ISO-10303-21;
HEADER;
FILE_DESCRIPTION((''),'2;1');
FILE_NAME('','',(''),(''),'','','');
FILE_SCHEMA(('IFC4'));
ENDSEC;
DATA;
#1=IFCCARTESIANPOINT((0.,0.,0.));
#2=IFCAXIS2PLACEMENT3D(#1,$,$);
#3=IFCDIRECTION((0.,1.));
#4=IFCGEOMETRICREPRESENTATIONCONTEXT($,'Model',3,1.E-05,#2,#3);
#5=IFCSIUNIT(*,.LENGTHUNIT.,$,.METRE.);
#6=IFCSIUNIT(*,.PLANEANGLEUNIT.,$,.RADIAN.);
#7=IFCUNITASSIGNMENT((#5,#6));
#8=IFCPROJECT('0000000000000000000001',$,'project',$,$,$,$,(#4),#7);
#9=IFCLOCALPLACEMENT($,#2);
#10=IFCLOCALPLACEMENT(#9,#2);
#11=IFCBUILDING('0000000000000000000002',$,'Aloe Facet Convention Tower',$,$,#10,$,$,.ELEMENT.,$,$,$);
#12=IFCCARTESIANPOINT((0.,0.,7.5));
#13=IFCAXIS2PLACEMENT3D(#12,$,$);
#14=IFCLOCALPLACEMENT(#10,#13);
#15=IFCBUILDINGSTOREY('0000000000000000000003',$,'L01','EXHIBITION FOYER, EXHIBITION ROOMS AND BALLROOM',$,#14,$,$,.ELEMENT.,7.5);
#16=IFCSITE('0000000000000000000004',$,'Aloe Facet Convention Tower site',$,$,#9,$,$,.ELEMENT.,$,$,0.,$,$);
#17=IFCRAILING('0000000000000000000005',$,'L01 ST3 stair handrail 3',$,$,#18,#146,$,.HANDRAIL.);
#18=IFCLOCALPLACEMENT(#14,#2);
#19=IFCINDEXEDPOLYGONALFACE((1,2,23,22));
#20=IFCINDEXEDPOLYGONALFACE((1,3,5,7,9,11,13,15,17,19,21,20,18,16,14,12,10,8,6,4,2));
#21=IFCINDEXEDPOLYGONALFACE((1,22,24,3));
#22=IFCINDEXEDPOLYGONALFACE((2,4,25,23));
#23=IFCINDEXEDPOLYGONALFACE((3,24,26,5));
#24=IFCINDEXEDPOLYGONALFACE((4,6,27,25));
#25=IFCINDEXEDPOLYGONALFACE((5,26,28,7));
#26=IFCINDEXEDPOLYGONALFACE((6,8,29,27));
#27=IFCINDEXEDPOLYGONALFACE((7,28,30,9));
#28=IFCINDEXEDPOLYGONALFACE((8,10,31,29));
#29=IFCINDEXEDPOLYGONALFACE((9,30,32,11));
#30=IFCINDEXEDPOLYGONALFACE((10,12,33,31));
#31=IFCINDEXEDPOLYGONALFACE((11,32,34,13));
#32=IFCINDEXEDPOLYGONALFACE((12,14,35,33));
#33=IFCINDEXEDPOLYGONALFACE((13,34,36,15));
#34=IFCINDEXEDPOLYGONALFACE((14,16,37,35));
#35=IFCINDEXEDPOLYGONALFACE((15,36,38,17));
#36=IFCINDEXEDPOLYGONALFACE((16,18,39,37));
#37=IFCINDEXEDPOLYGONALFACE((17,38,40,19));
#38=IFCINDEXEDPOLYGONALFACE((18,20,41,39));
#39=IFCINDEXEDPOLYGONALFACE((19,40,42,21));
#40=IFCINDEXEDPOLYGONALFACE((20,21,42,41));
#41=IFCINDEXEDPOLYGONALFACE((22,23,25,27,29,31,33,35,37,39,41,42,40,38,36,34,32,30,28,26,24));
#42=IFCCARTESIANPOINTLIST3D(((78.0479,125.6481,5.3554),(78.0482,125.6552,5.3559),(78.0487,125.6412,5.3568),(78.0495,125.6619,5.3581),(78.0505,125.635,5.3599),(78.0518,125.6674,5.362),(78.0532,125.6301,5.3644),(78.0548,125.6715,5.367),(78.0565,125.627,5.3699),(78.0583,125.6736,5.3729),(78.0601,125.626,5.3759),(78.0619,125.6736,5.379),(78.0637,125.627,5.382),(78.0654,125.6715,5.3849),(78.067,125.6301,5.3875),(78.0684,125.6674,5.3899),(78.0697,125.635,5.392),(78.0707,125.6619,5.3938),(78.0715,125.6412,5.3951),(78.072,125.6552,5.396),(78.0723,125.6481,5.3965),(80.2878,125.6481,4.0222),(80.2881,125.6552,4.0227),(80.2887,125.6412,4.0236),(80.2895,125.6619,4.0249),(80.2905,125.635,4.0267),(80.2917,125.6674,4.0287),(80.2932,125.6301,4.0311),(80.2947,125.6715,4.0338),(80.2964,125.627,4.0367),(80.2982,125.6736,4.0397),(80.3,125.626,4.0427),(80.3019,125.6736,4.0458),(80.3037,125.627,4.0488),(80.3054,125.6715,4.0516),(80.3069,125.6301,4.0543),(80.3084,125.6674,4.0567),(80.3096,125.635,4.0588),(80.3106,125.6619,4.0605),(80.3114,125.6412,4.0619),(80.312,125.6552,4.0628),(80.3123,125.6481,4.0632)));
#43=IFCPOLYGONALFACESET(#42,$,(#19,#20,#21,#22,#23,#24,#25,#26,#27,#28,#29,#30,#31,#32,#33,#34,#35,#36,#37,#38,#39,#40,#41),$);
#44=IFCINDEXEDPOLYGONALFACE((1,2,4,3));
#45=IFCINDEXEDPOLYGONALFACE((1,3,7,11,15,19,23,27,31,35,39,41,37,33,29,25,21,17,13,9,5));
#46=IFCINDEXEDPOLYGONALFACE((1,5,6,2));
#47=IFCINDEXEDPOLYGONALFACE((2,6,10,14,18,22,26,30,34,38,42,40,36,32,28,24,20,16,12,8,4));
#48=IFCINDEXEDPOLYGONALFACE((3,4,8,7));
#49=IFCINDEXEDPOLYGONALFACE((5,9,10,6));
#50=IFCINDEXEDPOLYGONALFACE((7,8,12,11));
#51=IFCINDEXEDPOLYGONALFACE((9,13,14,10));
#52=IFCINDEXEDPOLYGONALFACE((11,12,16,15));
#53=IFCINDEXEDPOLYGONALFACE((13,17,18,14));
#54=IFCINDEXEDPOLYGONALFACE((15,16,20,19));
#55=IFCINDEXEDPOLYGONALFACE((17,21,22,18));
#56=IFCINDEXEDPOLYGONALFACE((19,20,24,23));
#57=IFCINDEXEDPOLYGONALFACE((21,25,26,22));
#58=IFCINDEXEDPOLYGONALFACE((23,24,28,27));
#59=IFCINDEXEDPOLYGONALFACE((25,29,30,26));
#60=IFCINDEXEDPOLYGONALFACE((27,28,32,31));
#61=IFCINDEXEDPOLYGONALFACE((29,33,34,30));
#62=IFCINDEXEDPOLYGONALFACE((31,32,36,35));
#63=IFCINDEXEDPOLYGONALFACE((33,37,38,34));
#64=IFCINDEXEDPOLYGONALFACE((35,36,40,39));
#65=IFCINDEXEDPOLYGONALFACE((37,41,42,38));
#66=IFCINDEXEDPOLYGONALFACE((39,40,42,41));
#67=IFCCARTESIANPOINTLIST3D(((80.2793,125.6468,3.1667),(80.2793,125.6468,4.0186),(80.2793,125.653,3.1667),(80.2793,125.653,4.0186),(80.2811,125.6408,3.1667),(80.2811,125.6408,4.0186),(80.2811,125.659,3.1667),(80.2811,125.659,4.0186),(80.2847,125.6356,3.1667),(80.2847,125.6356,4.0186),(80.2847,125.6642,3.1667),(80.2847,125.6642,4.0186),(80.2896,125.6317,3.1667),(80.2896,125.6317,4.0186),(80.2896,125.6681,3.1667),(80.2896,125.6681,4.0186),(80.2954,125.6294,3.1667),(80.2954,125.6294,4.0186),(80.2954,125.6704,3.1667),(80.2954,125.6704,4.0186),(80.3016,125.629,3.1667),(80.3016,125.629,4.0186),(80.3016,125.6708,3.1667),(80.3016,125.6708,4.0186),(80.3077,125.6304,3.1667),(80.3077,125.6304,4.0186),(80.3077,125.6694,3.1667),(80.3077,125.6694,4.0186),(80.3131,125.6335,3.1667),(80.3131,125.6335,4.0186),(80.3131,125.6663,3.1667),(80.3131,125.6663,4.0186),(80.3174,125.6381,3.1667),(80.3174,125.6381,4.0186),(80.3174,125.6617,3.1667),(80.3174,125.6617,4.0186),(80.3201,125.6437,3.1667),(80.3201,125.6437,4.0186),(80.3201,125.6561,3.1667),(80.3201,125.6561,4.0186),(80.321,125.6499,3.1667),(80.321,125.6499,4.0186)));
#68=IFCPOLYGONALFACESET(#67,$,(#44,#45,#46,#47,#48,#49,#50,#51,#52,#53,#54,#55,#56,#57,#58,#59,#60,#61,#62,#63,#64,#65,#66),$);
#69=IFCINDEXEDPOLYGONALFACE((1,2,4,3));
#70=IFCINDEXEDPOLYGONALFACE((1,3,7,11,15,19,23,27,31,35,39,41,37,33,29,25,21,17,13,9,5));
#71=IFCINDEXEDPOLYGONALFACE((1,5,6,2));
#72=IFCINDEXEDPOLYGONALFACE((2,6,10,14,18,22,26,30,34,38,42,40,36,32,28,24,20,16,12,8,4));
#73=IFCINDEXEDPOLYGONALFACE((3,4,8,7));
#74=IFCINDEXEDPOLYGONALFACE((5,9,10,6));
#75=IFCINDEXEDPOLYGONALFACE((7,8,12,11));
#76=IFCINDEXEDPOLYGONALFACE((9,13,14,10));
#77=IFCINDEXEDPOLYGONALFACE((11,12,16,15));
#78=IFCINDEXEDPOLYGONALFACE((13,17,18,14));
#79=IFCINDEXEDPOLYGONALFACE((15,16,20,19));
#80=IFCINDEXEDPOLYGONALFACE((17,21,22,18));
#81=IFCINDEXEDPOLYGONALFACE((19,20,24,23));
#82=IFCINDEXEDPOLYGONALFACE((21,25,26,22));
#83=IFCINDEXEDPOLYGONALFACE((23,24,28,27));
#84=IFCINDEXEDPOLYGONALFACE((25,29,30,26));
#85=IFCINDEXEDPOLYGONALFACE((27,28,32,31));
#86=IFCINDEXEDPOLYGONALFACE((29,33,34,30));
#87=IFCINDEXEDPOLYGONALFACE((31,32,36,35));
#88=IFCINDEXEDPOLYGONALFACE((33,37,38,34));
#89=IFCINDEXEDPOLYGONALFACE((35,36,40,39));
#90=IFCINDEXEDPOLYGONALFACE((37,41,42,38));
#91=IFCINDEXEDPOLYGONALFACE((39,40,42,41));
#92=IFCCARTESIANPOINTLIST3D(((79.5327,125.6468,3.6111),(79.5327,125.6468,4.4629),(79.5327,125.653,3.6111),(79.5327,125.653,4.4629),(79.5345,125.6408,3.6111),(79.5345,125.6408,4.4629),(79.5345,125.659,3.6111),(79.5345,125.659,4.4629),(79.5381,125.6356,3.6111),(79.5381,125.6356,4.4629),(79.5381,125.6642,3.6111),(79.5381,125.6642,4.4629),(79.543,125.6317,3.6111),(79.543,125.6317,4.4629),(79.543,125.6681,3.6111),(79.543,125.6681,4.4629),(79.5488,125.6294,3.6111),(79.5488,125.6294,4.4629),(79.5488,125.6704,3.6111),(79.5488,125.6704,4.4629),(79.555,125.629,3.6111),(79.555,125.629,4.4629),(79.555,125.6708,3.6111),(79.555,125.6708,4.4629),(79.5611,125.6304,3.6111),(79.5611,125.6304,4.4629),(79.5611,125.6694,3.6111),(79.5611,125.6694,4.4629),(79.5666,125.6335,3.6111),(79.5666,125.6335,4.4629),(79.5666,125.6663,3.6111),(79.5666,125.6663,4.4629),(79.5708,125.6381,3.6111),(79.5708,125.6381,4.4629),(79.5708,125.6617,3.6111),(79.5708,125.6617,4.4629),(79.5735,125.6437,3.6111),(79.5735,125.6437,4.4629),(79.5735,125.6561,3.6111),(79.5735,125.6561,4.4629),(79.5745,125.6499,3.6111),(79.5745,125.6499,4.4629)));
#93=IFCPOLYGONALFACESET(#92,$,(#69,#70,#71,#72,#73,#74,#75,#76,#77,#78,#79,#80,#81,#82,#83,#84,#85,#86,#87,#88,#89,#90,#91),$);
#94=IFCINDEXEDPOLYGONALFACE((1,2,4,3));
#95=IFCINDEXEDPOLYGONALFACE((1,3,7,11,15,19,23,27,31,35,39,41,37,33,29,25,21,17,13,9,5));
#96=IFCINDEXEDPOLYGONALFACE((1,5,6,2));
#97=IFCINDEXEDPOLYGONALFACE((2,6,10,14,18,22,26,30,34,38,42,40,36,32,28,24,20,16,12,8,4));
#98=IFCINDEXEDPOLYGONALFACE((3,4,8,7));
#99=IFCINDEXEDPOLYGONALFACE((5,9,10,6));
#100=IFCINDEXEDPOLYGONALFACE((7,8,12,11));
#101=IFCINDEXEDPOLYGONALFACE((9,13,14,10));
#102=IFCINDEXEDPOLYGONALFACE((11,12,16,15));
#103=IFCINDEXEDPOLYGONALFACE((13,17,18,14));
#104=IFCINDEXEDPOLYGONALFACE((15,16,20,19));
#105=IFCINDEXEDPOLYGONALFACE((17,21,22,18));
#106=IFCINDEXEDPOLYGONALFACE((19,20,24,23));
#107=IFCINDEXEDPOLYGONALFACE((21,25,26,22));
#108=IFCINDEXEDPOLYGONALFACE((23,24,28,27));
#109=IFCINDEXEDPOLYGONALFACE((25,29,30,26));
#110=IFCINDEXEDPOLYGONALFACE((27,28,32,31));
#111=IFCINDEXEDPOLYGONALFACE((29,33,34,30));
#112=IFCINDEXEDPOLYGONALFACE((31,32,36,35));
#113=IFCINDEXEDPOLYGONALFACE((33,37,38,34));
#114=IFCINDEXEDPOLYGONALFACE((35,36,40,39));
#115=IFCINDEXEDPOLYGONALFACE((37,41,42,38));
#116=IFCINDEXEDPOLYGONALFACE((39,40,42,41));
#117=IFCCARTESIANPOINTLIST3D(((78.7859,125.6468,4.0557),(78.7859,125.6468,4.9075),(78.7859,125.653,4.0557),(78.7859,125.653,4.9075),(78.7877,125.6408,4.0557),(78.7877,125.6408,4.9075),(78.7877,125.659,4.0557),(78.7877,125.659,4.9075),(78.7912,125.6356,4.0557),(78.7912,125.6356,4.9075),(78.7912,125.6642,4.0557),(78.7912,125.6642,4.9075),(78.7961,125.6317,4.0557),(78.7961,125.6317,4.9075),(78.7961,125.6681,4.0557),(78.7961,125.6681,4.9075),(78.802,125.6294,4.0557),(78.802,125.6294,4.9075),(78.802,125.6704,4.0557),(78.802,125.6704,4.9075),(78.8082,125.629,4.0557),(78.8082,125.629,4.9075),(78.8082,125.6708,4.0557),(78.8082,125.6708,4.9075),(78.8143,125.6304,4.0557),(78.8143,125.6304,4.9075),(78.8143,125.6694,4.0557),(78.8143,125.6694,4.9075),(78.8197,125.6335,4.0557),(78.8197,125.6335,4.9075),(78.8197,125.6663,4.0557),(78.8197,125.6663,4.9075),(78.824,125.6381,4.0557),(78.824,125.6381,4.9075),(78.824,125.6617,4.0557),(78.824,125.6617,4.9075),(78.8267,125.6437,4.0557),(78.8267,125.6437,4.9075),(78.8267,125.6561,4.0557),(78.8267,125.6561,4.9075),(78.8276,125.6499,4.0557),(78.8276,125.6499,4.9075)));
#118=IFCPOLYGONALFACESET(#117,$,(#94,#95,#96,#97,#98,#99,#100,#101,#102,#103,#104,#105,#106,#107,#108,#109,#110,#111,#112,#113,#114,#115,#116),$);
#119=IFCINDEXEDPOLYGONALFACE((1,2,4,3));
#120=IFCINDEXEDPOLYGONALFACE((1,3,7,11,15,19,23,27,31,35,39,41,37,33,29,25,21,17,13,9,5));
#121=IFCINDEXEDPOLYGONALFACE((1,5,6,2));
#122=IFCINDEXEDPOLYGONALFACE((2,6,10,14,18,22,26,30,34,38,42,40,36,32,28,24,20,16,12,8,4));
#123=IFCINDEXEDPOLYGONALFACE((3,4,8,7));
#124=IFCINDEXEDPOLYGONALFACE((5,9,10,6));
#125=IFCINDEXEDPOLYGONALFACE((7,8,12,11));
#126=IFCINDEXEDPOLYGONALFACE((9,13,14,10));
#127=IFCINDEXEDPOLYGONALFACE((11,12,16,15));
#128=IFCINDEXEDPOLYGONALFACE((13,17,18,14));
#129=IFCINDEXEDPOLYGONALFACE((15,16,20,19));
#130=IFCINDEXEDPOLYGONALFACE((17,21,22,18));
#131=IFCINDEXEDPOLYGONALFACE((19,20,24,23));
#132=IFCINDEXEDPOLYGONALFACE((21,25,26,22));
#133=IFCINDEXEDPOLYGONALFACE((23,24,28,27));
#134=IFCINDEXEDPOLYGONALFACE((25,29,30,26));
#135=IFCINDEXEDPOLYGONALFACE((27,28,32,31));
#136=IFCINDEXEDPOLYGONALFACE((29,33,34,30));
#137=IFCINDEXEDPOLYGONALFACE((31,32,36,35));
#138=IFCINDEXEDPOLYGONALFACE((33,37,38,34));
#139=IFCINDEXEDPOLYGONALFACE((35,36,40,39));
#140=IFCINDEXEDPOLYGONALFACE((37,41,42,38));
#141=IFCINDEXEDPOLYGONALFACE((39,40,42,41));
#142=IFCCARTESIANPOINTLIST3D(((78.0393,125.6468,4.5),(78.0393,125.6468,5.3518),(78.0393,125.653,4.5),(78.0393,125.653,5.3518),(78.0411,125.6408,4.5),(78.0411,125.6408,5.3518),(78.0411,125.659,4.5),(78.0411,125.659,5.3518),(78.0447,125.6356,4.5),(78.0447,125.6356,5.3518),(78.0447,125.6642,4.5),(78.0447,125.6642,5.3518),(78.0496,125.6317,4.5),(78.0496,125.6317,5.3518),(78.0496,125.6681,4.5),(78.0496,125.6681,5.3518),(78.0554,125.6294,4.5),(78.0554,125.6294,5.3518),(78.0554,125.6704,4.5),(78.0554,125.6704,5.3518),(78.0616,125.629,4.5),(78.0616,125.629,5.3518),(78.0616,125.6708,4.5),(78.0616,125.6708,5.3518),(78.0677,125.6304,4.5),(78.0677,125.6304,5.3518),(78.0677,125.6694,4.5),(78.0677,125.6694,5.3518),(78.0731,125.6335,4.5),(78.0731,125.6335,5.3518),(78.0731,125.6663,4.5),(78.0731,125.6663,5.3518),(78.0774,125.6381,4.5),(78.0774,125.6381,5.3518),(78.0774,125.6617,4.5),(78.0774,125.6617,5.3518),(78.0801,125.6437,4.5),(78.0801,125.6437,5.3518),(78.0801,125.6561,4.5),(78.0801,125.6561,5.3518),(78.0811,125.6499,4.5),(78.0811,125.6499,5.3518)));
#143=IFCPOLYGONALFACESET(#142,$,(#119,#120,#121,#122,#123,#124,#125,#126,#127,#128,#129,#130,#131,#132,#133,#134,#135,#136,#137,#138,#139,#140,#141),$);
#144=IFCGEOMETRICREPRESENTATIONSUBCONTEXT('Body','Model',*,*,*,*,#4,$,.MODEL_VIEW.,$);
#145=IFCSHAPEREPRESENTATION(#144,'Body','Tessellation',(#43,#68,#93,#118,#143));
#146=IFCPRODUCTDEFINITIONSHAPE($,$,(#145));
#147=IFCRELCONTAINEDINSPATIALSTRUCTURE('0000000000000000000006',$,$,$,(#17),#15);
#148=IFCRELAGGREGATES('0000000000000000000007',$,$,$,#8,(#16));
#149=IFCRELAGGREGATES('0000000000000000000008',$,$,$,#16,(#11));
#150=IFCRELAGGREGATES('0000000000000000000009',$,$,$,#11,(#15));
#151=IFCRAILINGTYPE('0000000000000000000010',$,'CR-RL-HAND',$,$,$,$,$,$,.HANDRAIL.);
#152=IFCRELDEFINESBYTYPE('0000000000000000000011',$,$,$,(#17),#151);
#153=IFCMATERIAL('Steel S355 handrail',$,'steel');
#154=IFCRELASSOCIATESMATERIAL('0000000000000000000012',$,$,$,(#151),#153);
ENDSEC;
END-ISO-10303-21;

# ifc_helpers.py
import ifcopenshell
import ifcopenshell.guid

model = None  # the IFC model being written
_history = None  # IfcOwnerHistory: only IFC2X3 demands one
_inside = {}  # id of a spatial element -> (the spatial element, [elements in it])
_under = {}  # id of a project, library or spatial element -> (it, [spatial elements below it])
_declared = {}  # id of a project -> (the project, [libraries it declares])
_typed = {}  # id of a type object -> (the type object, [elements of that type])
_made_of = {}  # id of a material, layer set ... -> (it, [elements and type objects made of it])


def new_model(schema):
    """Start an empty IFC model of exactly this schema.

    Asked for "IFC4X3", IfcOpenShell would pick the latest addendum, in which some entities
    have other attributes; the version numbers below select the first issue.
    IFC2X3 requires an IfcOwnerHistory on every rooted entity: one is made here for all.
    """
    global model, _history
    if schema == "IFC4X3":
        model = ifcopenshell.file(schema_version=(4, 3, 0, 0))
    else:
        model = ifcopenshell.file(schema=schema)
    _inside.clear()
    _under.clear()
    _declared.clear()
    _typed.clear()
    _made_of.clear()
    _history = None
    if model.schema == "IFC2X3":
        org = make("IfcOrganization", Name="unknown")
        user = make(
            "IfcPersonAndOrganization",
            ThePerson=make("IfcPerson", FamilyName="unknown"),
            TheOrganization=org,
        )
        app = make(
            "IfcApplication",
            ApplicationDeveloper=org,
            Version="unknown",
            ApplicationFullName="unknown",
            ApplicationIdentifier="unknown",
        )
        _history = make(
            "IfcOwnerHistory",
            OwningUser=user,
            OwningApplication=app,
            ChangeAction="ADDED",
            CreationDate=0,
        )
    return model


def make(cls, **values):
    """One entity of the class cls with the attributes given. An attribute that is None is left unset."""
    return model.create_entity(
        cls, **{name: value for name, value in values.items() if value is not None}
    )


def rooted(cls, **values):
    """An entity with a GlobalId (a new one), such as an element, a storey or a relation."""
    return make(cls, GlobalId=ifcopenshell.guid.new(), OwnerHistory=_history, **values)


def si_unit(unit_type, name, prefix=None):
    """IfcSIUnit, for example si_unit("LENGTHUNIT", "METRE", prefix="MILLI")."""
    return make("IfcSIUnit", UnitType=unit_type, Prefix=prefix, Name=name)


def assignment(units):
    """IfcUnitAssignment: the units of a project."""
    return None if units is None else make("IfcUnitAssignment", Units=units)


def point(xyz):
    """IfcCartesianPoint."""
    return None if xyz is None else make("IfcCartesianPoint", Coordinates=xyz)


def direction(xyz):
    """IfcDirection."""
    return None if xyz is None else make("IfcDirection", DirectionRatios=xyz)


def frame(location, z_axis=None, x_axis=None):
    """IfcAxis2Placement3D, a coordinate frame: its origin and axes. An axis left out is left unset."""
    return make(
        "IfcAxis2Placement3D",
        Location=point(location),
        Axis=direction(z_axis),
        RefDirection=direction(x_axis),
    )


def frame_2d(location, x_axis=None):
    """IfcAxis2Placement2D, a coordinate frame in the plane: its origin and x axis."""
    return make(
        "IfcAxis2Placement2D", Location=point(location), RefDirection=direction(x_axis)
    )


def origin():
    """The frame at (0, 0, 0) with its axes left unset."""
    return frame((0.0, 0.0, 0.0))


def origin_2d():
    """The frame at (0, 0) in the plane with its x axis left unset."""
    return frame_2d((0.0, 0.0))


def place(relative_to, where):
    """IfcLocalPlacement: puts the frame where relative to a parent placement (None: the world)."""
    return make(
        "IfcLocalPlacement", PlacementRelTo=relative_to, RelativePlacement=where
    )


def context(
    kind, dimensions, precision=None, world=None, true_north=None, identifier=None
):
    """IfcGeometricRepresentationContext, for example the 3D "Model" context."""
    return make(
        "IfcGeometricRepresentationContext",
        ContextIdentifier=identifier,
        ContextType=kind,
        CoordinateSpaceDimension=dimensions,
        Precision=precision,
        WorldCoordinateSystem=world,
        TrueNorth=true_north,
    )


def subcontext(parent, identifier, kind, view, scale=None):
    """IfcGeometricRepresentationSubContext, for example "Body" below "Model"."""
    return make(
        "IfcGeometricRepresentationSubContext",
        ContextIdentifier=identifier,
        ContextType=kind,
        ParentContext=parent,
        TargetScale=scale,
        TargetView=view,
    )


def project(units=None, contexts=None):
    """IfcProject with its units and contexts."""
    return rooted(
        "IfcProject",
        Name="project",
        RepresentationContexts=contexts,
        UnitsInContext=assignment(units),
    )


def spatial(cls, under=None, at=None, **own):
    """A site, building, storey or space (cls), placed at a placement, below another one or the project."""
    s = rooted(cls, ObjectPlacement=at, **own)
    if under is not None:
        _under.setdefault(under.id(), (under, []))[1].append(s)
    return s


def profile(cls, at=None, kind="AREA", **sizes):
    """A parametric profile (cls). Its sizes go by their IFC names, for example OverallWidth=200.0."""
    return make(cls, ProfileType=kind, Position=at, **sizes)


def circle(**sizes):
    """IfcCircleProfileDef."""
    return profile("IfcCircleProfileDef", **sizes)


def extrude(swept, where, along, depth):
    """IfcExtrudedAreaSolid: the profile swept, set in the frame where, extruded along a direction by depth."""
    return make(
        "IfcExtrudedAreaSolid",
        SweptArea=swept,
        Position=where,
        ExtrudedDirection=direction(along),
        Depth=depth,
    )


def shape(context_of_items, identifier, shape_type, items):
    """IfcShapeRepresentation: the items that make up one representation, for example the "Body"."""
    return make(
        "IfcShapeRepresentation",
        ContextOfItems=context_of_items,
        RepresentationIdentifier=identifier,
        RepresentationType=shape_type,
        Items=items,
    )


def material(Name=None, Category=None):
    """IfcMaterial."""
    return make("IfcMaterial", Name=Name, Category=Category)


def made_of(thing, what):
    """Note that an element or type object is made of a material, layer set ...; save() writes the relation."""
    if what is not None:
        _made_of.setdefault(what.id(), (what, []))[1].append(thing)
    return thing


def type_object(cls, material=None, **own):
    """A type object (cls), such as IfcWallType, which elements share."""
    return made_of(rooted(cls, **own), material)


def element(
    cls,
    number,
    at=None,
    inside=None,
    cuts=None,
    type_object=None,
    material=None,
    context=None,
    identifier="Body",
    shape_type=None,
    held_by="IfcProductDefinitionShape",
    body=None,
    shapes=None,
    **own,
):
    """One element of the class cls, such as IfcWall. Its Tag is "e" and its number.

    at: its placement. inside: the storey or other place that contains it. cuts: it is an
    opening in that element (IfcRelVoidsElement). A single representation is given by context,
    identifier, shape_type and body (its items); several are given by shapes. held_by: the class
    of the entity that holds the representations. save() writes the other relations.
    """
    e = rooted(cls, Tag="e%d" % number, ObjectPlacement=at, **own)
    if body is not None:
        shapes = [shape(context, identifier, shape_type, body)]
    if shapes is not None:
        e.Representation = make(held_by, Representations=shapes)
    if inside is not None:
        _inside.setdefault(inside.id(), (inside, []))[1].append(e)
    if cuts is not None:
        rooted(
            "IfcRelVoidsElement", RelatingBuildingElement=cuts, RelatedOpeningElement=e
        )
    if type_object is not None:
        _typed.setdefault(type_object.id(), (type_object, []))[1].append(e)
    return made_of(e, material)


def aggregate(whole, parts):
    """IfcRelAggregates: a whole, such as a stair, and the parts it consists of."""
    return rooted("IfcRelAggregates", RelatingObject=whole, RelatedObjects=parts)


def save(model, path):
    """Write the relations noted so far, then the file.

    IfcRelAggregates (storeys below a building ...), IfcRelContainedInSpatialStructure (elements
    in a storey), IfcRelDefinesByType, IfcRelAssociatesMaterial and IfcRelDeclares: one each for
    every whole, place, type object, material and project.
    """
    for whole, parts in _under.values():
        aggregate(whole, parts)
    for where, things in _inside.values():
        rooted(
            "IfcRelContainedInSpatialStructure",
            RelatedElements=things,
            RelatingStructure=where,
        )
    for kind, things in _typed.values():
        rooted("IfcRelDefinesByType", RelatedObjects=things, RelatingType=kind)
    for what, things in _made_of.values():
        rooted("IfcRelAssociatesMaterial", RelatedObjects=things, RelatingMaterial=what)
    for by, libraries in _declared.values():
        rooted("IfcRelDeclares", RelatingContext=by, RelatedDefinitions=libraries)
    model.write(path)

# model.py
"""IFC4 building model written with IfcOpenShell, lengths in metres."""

from ifc_helpers import new_model, si_unit, direction, frame, origin, origin_2d, place, context, subcontext, project, spatial, circle, extrude, material, type_object, element, save


model = new_model("IFC4")

# Units and contexts
model_context = context("Model", 3, precision=1e-05, world=origin(), true_north=direction((0.0, 1.0)))
body_context = subcontext(model_context, "Body", "Model", "MODEL_VIEW")
ifc_project = project(units=[si_unit("LENGTHUNIT", "METRE"), si_unit("PLANEANGLEUNIT", "RADIAN")], contexts=[model_context])

# Site, building, storey
site_placement = place(None, origin())
site = spatial("IfcSite", under=ifc_project, at=site_placement, Name="Aloe Facet Convention Tower site", CompositionType="ELEMENT", RefElevation=0.0)
building_placement = place(site_placement, origin())
building = spatial("IfcBuilding", under=site, at=building_placement, Name="Aloe Facet Convention Tower", CompositionType="ELEMENT")
storey_placement = place(building_placement, frame((0.0, 0.0, 7.5)))
storey = spatial("IfcBuildingStorey", under=building, at=storey_placement, Name="L01", Description="EXHIBITION FOYER, EXHIBITION ROOMS AND BALLROOM", CompositionType="ELEMENT", Elevation=7.5)

# Railing
ifc_material_1 = material(Name="Steel S355 handrail", Category="steel")
railing_type = type_object("IfcRailingType", Name="CR-RL-HAND", PredefinedType="HANDRAIL", material=ifc_material_1)
for number, where, name in (
    (1, (80.3, 125.6499, 3.1667), "L01 ST3 stair handrail 3"),
):
    element("IfcRailing", number, at=place(storey_placement, frame(where)), inside=storey, type_object=railing_type, Name=name, PredefinedType="HANDRAIL", context=body_context, shape_type="SweptSolid", body=[
        extrude(circle(Radius=0.0239, at=origin_2d()), frame((0.0, 0.0, 0.876), z_axis=(-0.859306, 0.0, 0.511462), x_axis=(0.0, -1.0, 0.0)), (0.0, 0.0, 1.0), 2.6067),
        extrude(circle(Radius=0.021, at=origin_2d()), origin(), (0.0, 0.0, 1.0), 0.8518),
        extrude(circle(Radius=0.021, at=origin_2d()), frame((-0.7466, 0.0, 0.4443)), (0.0, 0.0, 1.0), 0.8518),
        extrude(circle(Radius=0.021, at=origin_2d()), frame((-1.4934, 0.0, 0.8889)), (0.0, 0.0, 1.0), 0.8518),
        extrude(circle(Radius=0.021, at=origin_2d()), frame((-2.24, 0.0, 1.3333)), (0.0, 0.0, 1.0), 0.8518),
    ])

save(model, "model.ifc")
